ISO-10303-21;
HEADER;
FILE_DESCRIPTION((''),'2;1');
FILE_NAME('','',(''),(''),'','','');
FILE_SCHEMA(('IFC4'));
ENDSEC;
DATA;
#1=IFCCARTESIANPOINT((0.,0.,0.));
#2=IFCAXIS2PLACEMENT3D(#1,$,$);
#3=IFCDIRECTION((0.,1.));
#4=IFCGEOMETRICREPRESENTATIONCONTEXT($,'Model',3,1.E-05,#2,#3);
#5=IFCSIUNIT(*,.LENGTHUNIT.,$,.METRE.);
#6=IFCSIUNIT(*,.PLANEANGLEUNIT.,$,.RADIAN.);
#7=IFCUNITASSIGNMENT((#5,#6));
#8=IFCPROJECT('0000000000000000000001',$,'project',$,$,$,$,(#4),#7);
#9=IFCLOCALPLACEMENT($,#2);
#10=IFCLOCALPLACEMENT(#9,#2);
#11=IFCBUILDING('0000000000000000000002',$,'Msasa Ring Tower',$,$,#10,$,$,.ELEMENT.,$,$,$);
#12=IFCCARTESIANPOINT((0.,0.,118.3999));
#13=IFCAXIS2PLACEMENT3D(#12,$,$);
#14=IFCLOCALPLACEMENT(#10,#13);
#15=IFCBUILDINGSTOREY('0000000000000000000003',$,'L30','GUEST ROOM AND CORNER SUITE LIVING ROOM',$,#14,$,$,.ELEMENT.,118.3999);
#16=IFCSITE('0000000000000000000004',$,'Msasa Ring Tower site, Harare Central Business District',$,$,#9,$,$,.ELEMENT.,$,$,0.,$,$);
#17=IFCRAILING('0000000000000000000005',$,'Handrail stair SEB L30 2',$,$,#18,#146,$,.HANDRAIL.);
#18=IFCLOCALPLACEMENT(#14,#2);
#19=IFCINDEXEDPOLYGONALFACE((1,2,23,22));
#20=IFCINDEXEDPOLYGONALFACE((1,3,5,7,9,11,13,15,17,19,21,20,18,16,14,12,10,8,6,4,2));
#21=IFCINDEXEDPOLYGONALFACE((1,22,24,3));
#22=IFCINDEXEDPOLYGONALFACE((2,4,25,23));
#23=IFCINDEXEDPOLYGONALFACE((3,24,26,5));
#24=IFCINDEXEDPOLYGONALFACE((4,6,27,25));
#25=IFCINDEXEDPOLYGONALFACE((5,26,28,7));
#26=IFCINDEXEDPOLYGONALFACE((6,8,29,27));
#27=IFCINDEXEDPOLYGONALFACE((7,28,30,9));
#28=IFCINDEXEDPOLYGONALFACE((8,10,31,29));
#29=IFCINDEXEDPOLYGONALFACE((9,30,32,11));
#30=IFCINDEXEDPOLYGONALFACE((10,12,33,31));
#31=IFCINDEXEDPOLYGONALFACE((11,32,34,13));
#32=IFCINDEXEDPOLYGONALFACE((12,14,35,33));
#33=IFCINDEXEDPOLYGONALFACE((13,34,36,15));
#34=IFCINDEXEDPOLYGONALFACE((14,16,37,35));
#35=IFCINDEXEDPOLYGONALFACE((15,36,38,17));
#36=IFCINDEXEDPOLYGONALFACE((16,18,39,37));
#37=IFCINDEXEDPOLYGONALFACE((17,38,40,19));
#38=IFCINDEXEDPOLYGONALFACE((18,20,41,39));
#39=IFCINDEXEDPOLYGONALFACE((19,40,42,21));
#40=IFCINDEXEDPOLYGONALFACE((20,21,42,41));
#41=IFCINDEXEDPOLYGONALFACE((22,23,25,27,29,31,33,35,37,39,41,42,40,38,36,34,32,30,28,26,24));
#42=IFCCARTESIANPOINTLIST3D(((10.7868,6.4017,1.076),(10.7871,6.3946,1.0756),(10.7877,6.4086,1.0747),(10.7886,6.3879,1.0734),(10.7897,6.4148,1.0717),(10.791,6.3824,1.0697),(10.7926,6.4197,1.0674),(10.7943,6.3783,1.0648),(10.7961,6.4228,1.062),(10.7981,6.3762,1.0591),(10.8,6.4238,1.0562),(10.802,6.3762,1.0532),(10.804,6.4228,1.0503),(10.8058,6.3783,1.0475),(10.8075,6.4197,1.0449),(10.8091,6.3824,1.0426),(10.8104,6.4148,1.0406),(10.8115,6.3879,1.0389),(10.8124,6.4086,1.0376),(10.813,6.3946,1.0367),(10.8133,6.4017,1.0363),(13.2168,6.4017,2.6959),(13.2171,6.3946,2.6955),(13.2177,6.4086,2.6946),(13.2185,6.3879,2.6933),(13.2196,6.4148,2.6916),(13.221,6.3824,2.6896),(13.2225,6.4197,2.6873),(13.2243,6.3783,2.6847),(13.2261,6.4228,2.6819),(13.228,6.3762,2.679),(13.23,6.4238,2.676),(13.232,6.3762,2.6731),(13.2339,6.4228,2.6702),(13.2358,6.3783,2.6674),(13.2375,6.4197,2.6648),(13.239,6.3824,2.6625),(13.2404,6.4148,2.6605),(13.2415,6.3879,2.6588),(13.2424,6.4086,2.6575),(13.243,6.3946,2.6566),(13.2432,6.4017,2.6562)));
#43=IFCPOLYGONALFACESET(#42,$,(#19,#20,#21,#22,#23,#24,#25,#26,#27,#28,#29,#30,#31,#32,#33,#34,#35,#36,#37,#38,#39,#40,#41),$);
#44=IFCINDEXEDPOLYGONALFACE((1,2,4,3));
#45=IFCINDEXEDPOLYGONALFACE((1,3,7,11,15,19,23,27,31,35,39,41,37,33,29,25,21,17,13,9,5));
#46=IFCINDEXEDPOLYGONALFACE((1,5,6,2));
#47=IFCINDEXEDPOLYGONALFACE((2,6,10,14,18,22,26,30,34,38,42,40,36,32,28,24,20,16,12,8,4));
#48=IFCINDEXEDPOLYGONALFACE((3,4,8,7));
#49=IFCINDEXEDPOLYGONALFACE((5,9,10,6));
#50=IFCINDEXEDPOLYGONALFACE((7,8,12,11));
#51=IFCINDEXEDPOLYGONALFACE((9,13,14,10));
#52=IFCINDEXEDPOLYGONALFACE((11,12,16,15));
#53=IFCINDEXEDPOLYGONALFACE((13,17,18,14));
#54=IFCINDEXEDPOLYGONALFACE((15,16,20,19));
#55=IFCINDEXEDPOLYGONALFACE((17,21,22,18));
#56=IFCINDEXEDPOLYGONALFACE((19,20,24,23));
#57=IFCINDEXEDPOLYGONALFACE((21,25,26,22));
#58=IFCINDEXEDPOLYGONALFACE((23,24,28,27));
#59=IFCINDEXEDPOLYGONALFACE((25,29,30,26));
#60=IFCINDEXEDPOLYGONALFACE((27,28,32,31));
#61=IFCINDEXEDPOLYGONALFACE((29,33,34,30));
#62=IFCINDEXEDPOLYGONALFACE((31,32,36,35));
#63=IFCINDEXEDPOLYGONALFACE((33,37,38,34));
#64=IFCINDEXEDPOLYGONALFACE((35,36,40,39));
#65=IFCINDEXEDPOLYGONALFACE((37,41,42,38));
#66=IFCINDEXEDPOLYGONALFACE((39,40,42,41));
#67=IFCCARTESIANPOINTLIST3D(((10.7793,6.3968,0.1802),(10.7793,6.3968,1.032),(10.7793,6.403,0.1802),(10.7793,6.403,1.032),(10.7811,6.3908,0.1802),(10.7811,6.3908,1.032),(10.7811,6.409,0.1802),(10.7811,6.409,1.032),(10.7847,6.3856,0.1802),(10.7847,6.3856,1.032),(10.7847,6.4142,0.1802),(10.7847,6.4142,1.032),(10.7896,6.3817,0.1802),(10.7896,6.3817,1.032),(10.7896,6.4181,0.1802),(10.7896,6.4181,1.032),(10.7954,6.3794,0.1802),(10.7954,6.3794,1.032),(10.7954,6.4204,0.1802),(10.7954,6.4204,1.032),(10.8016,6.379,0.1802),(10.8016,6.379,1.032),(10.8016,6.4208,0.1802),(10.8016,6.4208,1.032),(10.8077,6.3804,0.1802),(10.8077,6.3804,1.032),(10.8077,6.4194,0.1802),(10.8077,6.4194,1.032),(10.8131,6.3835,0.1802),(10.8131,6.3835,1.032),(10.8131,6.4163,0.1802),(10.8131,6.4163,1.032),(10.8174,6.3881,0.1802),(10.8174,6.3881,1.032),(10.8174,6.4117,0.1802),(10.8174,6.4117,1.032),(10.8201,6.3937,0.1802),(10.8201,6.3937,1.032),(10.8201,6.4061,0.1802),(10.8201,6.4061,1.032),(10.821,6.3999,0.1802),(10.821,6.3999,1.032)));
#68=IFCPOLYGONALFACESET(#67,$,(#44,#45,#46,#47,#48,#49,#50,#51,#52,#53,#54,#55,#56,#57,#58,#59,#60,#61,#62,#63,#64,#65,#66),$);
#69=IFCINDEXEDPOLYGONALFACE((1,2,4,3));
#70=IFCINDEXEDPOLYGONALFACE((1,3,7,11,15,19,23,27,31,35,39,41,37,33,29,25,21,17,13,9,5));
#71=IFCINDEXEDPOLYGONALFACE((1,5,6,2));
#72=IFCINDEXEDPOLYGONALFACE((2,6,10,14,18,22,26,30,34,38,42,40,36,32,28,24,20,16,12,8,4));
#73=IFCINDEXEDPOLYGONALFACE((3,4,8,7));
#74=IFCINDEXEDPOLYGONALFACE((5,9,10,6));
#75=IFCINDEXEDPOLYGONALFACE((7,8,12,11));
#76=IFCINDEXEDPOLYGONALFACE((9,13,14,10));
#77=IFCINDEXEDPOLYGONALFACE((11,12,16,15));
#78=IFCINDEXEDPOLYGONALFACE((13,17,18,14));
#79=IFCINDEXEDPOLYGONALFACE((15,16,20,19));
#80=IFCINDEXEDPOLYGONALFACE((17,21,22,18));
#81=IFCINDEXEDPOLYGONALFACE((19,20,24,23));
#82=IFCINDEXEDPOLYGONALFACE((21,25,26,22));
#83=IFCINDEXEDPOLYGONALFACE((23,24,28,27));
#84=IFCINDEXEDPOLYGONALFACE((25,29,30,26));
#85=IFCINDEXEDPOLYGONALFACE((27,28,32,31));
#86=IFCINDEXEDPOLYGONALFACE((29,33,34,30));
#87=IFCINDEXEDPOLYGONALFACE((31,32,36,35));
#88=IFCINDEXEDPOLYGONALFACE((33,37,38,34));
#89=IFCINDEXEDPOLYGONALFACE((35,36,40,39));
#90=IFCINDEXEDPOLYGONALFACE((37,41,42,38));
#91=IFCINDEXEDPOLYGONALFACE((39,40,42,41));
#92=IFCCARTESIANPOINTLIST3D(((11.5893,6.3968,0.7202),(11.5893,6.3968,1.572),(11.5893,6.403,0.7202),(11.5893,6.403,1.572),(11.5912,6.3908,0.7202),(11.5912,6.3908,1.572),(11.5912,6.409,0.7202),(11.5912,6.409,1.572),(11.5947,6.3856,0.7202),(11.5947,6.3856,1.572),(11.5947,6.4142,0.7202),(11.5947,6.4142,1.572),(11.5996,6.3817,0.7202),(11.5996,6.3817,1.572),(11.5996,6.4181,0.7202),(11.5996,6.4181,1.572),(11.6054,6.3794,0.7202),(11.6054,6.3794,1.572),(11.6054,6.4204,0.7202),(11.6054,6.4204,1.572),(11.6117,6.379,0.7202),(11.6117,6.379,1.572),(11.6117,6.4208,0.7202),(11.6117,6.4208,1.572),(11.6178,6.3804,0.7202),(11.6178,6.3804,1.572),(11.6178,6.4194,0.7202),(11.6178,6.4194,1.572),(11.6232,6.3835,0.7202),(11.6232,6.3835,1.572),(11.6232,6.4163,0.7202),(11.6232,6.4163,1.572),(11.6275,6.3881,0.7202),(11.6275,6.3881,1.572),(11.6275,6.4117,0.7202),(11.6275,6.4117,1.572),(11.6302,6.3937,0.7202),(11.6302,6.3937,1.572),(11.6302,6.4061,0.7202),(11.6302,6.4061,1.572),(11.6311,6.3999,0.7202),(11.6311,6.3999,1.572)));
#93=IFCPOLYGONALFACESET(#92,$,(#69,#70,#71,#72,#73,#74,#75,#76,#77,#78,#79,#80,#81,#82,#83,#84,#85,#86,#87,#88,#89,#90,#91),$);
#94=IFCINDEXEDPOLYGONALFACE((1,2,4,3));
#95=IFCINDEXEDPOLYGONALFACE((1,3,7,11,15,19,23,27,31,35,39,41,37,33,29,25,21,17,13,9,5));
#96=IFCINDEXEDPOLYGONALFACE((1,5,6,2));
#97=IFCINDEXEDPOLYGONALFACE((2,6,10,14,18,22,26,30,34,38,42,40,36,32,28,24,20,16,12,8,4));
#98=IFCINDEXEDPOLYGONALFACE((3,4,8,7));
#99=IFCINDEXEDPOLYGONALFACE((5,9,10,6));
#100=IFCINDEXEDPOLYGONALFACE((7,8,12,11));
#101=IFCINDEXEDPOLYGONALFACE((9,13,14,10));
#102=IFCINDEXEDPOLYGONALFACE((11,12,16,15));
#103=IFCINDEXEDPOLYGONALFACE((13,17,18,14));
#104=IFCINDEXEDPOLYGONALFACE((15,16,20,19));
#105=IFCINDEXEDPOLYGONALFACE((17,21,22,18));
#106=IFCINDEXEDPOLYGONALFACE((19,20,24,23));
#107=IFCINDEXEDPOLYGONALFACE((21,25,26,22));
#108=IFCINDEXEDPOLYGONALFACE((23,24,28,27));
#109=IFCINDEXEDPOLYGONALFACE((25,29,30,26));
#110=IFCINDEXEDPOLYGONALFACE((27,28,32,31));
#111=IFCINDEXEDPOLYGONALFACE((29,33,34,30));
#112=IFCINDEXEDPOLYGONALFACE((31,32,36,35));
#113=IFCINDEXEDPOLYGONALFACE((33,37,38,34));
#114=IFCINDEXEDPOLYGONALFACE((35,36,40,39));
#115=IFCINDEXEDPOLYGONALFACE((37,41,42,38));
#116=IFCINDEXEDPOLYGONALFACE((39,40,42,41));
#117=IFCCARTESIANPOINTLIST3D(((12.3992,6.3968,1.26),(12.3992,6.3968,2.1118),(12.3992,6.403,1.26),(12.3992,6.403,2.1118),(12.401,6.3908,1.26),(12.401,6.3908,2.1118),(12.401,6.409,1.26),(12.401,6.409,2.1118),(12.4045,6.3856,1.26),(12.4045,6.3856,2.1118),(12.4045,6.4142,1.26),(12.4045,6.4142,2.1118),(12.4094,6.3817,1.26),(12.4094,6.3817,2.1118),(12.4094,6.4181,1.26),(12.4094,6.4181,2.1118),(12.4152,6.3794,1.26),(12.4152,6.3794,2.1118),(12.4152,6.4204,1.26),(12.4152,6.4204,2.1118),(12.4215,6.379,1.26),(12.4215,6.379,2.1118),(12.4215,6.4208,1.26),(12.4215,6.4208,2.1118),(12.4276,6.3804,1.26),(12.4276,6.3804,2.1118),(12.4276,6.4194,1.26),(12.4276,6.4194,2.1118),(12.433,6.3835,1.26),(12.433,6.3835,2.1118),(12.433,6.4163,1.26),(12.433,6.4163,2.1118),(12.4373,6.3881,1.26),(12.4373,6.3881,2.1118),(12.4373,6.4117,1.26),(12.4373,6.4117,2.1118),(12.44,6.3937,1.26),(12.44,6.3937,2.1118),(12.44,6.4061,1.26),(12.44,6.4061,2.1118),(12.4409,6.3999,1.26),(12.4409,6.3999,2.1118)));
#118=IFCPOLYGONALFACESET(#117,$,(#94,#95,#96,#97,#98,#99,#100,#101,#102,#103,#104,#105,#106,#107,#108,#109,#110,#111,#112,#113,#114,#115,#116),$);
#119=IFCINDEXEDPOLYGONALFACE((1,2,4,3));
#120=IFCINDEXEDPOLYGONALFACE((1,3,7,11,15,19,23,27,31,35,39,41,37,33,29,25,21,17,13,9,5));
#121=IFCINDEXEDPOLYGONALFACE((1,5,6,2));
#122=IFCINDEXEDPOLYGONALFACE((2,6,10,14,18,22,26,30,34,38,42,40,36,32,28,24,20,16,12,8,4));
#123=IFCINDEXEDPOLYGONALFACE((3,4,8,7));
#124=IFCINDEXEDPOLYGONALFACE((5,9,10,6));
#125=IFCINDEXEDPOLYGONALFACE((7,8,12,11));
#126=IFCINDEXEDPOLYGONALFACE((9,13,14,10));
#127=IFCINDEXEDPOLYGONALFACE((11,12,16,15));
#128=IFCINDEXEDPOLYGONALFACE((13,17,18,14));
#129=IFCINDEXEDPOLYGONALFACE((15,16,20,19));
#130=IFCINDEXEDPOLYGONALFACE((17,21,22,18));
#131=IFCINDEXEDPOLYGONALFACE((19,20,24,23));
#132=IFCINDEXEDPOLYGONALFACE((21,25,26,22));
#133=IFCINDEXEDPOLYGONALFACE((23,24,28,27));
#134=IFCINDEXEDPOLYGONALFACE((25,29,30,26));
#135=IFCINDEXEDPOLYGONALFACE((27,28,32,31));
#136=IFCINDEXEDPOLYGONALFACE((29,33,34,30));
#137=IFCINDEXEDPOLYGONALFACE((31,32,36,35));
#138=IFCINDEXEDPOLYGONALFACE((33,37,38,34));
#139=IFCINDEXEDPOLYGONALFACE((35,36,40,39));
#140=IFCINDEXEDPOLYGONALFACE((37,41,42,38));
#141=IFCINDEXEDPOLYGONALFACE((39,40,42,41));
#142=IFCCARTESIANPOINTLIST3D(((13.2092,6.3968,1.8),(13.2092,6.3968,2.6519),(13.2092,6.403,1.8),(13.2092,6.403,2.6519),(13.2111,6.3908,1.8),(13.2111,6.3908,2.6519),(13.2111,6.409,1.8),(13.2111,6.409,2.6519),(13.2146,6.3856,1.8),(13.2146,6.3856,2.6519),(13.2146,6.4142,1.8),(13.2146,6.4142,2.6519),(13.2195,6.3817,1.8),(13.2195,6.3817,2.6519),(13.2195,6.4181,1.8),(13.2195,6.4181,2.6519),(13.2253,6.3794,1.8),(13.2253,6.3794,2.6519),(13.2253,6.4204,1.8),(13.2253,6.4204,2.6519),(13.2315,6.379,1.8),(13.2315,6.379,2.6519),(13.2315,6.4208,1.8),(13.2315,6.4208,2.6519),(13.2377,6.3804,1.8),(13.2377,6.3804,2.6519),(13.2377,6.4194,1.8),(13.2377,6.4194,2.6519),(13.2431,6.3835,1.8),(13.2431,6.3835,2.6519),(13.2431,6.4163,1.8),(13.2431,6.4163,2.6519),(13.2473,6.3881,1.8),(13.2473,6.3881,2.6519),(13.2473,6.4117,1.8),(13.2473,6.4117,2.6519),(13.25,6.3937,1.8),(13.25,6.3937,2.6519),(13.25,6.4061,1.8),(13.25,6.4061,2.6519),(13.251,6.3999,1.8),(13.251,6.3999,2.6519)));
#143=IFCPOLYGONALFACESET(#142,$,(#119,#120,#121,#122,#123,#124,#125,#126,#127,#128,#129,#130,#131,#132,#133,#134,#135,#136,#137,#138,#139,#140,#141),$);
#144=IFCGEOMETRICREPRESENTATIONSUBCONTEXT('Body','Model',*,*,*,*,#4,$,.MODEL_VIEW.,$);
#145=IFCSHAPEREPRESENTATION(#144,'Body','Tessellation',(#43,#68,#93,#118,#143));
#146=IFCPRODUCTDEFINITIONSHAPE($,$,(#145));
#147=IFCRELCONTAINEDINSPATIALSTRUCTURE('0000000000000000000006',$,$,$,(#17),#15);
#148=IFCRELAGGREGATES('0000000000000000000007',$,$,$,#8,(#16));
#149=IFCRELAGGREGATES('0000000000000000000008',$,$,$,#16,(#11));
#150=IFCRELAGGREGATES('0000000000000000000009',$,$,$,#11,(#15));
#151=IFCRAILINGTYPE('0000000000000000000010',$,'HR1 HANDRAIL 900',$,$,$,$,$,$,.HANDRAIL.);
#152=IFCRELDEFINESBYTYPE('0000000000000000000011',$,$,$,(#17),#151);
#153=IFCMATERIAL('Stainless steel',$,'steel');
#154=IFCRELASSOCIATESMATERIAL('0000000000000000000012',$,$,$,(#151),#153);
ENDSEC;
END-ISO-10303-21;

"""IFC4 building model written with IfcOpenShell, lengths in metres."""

from ifc_helpers import new_model, si_unit, direction, frame, origin, origin_2d, place, context, subcontext, project, spatial, circle, extrude, material, type_object, element, save


model = new_model("IFC4")

# Units and contexts
model_context = context("Model", 3, precision=1e-05, world=origin(), true_north=direction((0.0, 1.0)))
body_context = subcontext(model_context, "Body", "Model", "MODEL_VIEW")
ifc_project = project(units=[si_unit("LENGTHUNIT", "METRE"), si_unit("PLANEANGLEUNIT", "RADIAN")], contexts=[model_context])

# Site, building, storey
site_placement = place(None, origin())
site = spatial("IfcSite", under=ifc_project, at=site_placement, Name="Msasa Ring Tower site, Harare Central Business District", CompositionType="ELEMENT", RefElevation=0.0)
building_placement = place(site_placement, origin())
building = spatial("IfcBuilding", under=site, at=building_placement, Name="Msasa Ring Tower", CompositionType="ELEMENT")
storey_placement = place(building_placement, frame((0.0, 0.0, 118.3999)))
storey = spatial("IfcBuildingStorey", under=building, at=storey_placement, Name="L30", Description="GUEST ROOM AND CORNER SUITE LIVING ROOM", CompositionType="ELEMENT", Elevation=118.3999)

# Railing
ifc_material_1 = material(Name="Stainless steel", Category="steel")
railing_type = type_object("IfcRailingType", Name="HR1 HANDRAIL 900", PredefinedType="HANDRAIL", material=ifc_material_1)
for number, where, name in (
    (1, (10.8, 6.3999, 0.1802), "Handrail stair SEB L30 2"),
):
    element("IfcRailing", number, at=place(storey_placement, frame(where)), inside=storey, type_object=railing_type, Name=name, PredefinedType="HANDRAIL", context=body_context, shape_type="SweptSolid", body=[
        extrude(circle(Radius=0.0239, at=origin_2d()), frame((0.0, 0.0, 0.876), z_axis=(0.832063, 0.0, 0.554681), x_axis=(0.0, 1.0, 0.0)), (0.0, 0.0, 1.0), 2.9204),
        extrude(circle(Radius=0.021, at=origin_2d()), origin(), (0.0, 0.0, 1.0), 0.8518),
        extrude(circle(Radius=0.021, at=origin_2d()), frame((0.8101, 0.0, 0.54)), (0.0, 0.0, 1.0), 0.8518),
        extrude(circle(Radius=0.021, at=origin_2d()), frame((1.6199, 0.0, 1.0798)), (0.0, 0.0, 1.0), 0.8518),
        extrude(circle(Radius=0.021, at=origin_2d()), frame((2.4299, 0.0, 1.6199)), (0.0, 0.0, 1.0), 0.8518),
    ])

save(model, "model.ifc")
